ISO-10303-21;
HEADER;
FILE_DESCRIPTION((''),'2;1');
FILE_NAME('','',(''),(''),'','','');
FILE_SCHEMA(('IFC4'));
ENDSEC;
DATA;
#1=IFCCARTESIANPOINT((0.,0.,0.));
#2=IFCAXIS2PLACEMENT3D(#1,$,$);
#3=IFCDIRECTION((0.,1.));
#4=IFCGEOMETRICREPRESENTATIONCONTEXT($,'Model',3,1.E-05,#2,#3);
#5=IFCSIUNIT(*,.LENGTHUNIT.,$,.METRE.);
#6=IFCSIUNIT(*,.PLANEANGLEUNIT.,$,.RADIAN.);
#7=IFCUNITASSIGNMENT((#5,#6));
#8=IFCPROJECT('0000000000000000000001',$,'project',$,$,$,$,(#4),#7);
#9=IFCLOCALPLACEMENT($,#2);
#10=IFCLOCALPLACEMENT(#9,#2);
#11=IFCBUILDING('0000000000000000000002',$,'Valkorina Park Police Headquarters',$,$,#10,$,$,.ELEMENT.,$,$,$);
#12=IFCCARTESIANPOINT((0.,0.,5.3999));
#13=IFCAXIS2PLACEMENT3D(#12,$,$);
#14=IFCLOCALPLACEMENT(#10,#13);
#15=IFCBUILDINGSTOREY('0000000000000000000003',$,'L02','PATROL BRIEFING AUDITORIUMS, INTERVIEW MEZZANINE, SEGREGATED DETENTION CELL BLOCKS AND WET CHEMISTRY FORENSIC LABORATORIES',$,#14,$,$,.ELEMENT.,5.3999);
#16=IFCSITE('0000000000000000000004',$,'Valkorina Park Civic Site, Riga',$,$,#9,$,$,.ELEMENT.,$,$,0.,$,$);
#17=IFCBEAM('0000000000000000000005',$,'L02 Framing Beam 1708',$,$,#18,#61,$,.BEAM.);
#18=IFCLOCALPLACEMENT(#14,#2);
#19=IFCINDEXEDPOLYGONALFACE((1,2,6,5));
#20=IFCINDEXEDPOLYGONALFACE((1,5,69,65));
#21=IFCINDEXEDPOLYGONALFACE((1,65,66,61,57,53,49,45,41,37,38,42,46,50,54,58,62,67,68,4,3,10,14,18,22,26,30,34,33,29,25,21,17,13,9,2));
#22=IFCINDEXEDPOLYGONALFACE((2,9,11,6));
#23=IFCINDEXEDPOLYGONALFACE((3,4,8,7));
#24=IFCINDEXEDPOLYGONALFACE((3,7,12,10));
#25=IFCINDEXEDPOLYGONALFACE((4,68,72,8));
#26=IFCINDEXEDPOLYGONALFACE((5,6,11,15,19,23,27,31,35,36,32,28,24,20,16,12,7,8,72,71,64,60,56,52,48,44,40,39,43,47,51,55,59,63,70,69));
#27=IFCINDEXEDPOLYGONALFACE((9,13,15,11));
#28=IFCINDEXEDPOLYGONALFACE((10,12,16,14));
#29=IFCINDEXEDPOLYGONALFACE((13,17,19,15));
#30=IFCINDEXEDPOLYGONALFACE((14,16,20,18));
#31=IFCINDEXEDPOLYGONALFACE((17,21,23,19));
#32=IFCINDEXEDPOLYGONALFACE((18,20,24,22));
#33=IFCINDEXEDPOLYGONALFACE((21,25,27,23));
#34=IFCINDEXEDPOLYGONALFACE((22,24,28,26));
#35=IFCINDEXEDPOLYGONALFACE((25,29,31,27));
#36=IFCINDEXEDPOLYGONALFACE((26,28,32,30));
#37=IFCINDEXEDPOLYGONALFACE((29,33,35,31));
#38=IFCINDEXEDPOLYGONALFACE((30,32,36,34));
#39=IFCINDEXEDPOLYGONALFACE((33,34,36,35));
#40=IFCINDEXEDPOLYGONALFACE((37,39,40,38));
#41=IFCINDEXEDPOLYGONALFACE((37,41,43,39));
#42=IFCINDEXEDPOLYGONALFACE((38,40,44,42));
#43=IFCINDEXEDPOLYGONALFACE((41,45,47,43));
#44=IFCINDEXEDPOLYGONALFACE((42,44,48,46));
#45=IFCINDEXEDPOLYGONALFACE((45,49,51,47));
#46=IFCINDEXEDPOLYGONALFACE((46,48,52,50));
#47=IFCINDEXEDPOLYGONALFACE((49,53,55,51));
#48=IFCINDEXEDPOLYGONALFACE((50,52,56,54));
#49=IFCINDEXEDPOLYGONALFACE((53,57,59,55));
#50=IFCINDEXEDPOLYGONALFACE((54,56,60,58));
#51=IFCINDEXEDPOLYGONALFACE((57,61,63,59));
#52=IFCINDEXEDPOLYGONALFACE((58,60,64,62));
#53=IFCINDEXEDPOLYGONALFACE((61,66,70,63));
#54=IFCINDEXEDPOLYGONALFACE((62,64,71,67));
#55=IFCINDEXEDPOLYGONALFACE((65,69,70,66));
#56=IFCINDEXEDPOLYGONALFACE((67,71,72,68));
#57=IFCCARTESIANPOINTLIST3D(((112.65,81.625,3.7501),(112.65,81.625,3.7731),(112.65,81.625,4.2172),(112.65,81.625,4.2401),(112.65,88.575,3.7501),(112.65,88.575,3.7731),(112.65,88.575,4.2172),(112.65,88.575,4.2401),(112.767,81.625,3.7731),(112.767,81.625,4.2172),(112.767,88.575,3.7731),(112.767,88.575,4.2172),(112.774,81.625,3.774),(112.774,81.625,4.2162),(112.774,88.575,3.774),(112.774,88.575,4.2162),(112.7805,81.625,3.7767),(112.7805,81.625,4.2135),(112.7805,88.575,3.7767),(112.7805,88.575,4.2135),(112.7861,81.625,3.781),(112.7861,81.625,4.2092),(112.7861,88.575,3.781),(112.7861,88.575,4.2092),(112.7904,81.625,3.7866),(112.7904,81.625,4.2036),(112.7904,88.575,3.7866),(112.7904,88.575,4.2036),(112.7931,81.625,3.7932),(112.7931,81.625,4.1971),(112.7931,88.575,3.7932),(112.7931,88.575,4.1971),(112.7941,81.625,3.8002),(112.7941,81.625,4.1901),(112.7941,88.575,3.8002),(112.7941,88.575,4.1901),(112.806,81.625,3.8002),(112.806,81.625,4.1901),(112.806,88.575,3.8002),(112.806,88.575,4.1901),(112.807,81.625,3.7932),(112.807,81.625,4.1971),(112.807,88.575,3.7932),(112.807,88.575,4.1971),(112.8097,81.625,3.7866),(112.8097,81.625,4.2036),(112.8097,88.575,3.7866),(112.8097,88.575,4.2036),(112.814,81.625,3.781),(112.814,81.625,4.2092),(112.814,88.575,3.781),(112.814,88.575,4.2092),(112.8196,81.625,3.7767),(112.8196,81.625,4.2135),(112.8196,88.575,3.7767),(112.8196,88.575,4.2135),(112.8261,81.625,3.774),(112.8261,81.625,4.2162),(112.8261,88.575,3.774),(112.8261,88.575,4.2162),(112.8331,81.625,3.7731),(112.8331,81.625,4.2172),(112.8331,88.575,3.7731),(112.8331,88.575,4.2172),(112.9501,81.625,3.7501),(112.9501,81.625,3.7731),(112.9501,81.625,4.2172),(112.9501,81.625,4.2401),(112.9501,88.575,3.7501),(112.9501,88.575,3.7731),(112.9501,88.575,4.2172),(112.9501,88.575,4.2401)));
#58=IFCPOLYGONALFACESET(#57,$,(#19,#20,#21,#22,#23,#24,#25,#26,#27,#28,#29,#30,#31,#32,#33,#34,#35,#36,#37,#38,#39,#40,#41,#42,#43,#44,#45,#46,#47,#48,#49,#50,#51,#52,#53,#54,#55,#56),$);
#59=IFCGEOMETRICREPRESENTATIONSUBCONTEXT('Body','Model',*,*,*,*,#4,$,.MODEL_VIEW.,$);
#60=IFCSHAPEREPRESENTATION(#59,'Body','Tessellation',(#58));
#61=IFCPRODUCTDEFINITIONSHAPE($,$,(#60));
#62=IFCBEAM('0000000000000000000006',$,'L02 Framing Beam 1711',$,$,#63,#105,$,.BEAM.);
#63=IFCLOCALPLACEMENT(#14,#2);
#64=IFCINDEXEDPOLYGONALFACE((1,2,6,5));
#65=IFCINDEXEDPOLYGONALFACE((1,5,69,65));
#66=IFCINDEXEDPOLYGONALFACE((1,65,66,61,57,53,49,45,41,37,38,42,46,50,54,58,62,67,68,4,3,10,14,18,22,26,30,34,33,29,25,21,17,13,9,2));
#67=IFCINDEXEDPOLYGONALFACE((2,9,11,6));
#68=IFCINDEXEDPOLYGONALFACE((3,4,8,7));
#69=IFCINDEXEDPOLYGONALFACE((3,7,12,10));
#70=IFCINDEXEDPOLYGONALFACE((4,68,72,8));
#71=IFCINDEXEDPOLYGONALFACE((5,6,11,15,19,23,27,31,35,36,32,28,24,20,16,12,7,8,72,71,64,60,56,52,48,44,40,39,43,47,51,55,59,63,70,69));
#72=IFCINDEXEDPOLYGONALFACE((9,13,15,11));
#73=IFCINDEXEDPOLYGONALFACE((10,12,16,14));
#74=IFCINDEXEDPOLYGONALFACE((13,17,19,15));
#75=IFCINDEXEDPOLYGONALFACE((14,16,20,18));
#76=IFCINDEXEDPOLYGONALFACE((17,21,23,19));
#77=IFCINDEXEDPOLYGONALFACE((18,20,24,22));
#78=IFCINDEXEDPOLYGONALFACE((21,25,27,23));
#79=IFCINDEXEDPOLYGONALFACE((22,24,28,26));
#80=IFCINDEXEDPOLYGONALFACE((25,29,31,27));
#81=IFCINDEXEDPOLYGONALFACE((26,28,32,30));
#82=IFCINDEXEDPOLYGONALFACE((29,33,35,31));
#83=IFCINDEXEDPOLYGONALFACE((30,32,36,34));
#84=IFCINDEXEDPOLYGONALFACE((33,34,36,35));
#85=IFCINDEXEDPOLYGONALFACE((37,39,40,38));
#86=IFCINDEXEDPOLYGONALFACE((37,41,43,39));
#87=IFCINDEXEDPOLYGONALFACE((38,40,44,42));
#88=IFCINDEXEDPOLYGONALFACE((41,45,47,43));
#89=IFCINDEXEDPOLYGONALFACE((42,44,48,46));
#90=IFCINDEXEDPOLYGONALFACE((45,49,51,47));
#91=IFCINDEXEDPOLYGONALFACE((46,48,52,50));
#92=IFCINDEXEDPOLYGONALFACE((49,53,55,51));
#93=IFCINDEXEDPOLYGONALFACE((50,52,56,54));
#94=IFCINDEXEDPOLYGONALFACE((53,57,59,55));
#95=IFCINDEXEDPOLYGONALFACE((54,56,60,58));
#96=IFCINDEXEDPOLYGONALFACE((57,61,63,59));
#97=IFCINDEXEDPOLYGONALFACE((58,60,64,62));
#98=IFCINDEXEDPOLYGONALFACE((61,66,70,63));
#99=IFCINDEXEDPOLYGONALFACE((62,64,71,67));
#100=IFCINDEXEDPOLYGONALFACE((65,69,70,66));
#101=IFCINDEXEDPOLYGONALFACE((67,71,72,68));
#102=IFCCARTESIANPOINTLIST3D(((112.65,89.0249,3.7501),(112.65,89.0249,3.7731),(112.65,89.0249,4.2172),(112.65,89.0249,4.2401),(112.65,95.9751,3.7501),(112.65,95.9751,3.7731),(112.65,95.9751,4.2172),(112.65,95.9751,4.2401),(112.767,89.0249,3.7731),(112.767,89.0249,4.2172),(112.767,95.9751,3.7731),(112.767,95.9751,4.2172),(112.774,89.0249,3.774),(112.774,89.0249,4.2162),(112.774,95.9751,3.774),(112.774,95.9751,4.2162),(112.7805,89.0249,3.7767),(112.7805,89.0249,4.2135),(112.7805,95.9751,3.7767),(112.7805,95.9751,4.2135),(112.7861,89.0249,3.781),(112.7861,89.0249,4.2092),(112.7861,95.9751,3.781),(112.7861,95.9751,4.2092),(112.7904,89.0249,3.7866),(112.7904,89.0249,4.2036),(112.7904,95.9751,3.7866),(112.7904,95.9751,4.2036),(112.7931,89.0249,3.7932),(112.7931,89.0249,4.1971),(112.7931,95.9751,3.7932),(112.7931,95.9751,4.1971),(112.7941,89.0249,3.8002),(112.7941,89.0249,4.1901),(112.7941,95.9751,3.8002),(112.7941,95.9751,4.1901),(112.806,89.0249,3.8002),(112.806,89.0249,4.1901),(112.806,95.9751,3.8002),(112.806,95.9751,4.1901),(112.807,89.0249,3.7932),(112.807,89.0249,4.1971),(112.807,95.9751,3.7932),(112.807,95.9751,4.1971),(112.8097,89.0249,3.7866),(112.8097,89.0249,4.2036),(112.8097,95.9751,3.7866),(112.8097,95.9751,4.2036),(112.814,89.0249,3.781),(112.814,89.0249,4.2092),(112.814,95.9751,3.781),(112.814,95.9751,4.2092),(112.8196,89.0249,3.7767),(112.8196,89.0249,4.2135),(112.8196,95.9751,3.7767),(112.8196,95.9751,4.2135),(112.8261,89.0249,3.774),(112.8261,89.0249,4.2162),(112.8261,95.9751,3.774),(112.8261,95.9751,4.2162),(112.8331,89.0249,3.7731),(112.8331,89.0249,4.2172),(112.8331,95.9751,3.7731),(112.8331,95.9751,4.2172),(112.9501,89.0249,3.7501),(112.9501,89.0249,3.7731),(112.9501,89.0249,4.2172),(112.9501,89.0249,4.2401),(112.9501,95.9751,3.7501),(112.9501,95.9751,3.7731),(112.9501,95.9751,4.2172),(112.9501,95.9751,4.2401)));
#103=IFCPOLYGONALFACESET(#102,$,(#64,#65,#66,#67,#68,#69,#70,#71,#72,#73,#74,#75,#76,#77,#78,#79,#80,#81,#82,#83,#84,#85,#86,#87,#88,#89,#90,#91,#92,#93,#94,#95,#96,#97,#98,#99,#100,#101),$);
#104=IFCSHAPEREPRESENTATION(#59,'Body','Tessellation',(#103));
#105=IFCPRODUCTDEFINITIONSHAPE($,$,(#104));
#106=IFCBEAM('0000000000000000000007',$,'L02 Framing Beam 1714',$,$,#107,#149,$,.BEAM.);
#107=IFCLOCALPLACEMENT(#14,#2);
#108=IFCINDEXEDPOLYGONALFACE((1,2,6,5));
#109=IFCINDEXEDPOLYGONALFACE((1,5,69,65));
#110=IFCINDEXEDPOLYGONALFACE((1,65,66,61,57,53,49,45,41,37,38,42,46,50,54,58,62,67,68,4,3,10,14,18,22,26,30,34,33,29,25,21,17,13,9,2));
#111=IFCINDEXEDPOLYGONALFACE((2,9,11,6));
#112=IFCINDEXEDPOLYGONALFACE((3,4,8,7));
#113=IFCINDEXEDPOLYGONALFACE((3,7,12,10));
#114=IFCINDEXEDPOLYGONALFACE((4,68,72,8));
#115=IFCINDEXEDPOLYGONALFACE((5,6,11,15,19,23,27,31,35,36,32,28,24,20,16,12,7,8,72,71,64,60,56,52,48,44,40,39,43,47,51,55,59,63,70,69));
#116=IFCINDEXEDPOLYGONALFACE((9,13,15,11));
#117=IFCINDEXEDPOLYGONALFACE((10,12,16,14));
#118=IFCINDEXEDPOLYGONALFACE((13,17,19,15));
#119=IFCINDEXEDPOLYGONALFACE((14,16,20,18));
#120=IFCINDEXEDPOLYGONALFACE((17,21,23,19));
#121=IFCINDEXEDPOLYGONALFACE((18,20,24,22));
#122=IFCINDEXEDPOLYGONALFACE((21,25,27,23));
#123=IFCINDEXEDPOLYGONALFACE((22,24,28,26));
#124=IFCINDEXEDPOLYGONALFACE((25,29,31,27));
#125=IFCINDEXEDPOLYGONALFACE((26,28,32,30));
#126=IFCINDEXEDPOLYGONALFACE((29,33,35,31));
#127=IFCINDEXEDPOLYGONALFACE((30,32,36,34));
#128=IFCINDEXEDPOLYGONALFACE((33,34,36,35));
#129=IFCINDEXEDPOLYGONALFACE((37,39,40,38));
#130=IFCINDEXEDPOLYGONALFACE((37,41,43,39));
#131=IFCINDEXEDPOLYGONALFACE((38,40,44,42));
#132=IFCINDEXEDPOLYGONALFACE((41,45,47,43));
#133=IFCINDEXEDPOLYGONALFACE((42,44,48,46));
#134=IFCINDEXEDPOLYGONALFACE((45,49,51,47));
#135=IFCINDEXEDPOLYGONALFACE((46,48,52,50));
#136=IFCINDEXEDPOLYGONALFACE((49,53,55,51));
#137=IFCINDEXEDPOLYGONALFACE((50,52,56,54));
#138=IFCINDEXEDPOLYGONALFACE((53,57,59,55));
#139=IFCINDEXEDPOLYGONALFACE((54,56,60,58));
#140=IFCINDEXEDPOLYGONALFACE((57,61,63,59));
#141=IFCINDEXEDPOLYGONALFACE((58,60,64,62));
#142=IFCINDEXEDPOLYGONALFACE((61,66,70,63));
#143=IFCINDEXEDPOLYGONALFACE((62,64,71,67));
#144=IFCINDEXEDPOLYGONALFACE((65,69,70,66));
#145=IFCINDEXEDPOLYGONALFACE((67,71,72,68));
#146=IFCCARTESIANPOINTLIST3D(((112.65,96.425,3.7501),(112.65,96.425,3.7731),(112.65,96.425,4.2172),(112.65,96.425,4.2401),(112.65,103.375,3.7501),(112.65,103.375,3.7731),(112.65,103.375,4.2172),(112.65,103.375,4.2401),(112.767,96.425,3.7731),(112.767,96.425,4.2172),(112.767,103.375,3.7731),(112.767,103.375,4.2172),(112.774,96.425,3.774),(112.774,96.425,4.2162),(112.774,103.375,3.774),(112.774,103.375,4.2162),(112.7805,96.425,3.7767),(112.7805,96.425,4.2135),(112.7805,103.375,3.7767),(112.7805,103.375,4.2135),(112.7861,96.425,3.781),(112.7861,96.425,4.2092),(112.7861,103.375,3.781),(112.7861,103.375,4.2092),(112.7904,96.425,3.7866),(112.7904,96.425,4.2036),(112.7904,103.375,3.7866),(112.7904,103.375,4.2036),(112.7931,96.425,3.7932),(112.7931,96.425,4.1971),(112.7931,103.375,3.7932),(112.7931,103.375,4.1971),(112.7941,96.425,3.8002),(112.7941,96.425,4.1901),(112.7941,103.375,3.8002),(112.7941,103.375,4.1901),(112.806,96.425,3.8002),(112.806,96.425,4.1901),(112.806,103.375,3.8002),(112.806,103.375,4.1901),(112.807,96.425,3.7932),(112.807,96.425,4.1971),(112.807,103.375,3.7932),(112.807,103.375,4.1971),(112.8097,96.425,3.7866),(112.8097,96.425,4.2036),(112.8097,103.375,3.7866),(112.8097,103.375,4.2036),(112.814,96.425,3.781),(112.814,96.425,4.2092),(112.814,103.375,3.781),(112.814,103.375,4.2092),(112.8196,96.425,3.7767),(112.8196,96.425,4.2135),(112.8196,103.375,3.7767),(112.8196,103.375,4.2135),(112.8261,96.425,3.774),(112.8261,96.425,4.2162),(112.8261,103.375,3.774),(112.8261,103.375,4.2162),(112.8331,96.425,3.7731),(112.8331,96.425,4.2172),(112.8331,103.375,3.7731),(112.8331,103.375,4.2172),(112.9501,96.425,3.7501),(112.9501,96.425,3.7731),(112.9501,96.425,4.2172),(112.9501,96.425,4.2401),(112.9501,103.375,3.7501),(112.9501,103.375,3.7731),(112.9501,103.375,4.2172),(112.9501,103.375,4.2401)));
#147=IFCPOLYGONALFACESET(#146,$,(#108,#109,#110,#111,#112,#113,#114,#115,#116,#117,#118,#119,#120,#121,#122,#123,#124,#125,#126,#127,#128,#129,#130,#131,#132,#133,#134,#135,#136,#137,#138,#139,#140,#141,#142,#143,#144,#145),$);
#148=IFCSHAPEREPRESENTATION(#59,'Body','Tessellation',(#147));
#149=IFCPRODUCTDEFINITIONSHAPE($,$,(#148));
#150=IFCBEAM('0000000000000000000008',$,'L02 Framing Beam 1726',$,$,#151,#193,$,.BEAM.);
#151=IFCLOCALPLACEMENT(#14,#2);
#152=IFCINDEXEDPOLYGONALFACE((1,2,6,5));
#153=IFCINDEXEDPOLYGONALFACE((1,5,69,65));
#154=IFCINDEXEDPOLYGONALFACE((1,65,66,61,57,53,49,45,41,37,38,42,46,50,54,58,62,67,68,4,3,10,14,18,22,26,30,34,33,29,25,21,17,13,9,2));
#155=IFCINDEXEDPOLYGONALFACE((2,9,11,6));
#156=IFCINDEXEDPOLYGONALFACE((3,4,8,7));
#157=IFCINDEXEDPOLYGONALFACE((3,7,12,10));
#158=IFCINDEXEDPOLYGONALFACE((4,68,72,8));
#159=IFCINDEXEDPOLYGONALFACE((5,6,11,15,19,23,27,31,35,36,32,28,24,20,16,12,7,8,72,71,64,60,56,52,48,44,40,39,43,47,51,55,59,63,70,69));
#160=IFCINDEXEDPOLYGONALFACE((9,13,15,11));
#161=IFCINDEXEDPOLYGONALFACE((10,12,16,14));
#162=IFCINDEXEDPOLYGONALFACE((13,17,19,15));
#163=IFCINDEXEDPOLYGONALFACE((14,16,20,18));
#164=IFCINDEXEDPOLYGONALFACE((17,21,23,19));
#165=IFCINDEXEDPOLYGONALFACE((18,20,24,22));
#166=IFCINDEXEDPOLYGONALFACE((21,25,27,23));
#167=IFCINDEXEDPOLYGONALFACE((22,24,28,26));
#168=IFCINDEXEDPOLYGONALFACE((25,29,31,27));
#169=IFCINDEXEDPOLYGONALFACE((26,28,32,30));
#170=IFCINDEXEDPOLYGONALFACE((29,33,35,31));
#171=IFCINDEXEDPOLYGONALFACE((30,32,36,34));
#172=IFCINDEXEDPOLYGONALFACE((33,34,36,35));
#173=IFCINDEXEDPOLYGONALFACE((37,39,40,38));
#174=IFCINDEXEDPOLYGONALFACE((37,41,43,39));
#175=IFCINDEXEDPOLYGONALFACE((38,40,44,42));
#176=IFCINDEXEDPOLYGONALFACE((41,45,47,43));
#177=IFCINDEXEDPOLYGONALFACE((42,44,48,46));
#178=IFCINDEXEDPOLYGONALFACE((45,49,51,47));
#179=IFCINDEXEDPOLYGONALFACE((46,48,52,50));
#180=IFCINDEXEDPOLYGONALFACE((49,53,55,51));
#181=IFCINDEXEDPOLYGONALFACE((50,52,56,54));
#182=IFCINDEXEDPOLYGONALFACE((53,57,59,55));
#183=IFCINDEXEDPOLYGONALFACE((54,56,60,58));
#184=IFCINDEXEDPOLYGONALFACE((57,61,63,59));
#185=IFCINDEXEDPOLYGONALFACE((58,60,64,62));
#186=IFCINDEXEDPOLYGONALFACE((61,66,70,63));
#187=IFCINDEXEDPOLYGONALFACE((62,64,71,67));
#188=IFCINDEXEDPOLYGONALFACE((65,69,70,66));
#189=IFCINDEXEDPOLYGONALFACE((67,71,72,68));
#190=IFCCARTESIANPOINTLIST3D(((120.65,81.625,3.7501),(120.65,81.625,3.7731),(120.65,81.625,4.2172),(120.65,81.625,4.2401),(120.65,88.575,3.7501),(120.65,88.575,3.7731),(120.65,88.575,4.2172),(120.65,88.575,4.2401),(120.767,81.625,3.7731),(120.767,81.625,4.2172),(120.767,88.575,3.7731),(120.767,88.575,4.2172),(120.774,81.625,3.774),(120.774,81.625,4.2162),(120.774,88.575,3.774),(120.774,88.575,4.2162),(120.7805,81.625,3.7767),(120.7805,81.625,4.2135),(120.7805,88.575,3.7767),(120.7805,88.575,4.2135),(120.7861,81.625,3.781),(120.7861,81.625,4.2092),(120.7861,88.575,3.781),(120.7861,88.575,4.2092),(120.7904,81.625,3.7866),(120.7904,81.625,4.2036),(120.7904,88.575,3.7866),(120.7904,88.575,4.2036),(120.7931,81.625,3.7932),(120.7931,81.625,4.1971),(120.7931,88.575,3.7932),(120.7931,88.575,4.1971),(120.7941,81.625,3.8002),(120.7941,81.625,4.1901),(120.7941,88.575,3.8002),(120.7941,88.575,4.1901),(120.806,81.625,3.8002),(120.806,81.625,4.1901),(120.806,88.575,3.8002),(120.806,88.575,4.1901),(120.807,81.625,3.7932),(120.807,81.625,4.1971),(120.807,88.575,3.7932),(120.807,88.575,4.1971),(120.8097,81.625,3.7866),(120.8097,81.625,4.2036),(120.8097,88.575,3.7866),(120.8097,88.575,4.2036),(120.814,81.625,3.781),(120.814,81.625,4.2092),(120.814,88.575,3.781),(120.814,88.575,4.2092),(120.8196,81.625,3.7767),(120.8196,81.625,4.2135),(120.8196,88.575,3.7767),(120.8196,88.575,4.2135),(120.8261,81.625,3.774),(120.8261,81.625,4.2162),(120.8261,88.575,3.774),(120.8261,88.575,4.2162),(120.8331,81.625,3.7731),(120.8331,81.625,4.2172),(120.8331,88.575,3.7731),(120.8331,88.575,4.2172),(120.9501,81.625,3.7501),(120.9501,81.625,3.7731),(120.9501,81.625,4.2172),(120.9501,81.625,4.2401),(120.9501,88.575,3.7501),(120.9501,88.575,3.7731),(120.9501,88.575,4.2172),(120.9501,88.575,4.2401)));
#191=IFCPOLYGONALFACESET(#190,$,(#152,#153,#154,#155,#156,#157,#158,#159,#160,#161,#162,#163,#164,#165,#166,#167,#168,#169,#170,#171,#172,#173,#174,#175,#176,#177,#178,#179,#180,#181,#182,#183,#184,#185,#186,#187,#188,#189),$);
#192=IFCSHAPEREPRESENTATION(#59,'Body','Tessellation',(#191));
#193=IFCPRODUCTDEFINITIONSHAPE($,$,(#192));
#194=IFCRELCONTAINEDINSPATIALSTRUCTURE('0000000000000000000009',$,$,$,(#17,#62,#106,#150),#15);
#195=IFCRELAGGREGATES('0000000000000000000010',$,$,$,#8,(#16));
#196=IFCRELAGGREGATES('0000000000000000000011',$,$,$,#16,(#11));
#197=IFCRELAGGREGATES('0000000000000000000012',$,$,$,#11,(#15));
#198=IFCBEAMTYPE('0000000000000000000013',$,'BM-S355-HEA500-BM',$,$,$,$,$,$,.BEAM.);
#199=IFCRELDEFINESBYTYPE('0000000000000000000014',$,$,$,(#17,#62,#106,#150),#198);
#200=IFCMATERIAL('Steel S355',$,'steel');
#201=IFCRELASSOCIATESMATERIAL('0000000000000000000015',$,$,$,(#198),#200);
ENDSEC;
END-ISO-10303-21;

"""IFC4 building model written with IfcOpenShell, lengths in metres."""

from ifc_helpers import new_model, si_unit, direction, frame, origin, origin_2d, place, context, subcontext, project, spatial, i_section, extrude, material, material_profile, profile_set, type_object, element, save


model = new_model("IFC4")

# Units and contexts
model_context = context("Model", 3, precision=1e-05, world=origin(), true_north=direction((0.0, 1.0)))
body_context = subcontext(model_context, "Body", "Model", "MODEL_VIEW")
ifc_project = project(units=[si_unit("LENGTHUNIT", "METRE"), si_unit("PLANEANGLEUNIT", "RADIAN")], contexts=[model_context])

# Site, building, storey
site_placement = place(None, origin())
site = spatial("IfcSite", under=ifc_project, at=site_placement, Name="Valkorina Park Civic Site, Riga", CompositionType="ELEMENT", RefElevation=0.0)
building_placement = place(site_placement, origin())
building = spatial("IfcBuilding", under=site, at=building_placement, Name="Valkorina Park Police Headquarters", CompositionType="ELEMENT")
storey_placement = place(building_placement, frame((0.0, 0.0, 5.3999)))
storey = spatial("IfcBuildingStorey", under=building, at=storey_placement, Name="L02", Description="PATROL BRIEFING AUDITORIUMS, INTERVIEW MEZZANINE, SEGREGATED DETENTION CELL BLOCKS AND WET CHEMISTRY FORENSIC LABORATORIES", CompositionType="ELEMENT", Elevation=5.3999)

# Shared definitions
ifc_material_1 = material(Name="Steel S355", Category="steel")

# Beams
ifc_material_profile_1 = material_profile(ifc_material_1, i_section(OverallWidth=0.3, OverallDepth=0.49, WebThickness=0.012, FlangeThickness=0.0229, FilletRadius=0.0271, at=origin_2d()), Name="HEA 500")
ifc_profile_set_1 = profile_set([ifc_material_profile_1], Name="Steel S355")
beam_type_1 = type_object("IfcBeamType", Name="BM-S355-HEA500-BM", PredefinedType="BEAM", material=ifc_profile_set_1)
for number, where, z_axis, x_axis, name in (
    (1, (112.8, 81.625, 3.9951), (0.0, 1.0, 0.0), (-1.0, 0.0, 0.0), "L02 Framing Beam 1708"),
):
    element("IfcBeam", number, at=place(storey_placement, frame(where, z_axis=z_axis, x_axis=x_axis)), inside=storey, type_object=beam_type_1, Name=name, PredefinedType="BEAM", context=body_context, shape_type="SweptSolid", body=[
        extrude(i_section(OverallWidth=0.3, OverallDepth=0.49, WebThickness=0.012, FlangeThickness=0.0229, FilletRadius=0.0271, at=origin_2d()), origin(), (0.0, 0.0, 1.0), 6.95),
    ])
beam_1_placement = place(storey_placement, frame((112.8, 89.0249, 3.9951), z_axis=(0.0, 1.0, 0.0), x_axis=(-1.0, 0.0, 0.0)))
element("IfcBeam", 2, at=beam_1_placement, inside=storey, type_object=beam_type_1, Name="L02 Framing Beam 1711", PredefinedType="BEAM", context=body_context, shape_type="SweptSolid", body=[
    extrude(i_section(OverallWidth=0.3, OverallDepth=0.49, WebThickness=0.012, FlangeThickness=0.0229, FilletRadius=0.0271, at=origin_2d()), origin(), (0.0, 0.0, 1.0), 6.9502),
])
for number, where, z_axis, x_axis, name in (
    (3, (112.8, 96.425, 3.9951), (0.0, 1.0, 0.0), (-1.0, 0.0, 0.0), "L02 Framing Beam 1714"),
    (4, (120.8, 81.625, 3.9951), (0.0, 1.0, 0.0), (-1.0, 0.0, 0.0), "L02 Framing Beam 1726"),
):
    element("IfcBeam", number, at=place(storey_placement, frame(where, z_axis=z_axis, x_axis=x_axis)), inside=storey, type_object=beam_type_1, Name=name, PredefinedType="BEAM", context=body_context, shape_type="SweptSolid", body=[
        extrude(i_section(OverallWidth=0.3, OverallDepth=0.49, WebThickness=0.012, FlangeThickness=0.0229, FilletRadius=0.0271, at=origin_2d()), origin(), (0.0, 0.0, 1.0), 6.95),
    ])

save(model, "model.ifc")
